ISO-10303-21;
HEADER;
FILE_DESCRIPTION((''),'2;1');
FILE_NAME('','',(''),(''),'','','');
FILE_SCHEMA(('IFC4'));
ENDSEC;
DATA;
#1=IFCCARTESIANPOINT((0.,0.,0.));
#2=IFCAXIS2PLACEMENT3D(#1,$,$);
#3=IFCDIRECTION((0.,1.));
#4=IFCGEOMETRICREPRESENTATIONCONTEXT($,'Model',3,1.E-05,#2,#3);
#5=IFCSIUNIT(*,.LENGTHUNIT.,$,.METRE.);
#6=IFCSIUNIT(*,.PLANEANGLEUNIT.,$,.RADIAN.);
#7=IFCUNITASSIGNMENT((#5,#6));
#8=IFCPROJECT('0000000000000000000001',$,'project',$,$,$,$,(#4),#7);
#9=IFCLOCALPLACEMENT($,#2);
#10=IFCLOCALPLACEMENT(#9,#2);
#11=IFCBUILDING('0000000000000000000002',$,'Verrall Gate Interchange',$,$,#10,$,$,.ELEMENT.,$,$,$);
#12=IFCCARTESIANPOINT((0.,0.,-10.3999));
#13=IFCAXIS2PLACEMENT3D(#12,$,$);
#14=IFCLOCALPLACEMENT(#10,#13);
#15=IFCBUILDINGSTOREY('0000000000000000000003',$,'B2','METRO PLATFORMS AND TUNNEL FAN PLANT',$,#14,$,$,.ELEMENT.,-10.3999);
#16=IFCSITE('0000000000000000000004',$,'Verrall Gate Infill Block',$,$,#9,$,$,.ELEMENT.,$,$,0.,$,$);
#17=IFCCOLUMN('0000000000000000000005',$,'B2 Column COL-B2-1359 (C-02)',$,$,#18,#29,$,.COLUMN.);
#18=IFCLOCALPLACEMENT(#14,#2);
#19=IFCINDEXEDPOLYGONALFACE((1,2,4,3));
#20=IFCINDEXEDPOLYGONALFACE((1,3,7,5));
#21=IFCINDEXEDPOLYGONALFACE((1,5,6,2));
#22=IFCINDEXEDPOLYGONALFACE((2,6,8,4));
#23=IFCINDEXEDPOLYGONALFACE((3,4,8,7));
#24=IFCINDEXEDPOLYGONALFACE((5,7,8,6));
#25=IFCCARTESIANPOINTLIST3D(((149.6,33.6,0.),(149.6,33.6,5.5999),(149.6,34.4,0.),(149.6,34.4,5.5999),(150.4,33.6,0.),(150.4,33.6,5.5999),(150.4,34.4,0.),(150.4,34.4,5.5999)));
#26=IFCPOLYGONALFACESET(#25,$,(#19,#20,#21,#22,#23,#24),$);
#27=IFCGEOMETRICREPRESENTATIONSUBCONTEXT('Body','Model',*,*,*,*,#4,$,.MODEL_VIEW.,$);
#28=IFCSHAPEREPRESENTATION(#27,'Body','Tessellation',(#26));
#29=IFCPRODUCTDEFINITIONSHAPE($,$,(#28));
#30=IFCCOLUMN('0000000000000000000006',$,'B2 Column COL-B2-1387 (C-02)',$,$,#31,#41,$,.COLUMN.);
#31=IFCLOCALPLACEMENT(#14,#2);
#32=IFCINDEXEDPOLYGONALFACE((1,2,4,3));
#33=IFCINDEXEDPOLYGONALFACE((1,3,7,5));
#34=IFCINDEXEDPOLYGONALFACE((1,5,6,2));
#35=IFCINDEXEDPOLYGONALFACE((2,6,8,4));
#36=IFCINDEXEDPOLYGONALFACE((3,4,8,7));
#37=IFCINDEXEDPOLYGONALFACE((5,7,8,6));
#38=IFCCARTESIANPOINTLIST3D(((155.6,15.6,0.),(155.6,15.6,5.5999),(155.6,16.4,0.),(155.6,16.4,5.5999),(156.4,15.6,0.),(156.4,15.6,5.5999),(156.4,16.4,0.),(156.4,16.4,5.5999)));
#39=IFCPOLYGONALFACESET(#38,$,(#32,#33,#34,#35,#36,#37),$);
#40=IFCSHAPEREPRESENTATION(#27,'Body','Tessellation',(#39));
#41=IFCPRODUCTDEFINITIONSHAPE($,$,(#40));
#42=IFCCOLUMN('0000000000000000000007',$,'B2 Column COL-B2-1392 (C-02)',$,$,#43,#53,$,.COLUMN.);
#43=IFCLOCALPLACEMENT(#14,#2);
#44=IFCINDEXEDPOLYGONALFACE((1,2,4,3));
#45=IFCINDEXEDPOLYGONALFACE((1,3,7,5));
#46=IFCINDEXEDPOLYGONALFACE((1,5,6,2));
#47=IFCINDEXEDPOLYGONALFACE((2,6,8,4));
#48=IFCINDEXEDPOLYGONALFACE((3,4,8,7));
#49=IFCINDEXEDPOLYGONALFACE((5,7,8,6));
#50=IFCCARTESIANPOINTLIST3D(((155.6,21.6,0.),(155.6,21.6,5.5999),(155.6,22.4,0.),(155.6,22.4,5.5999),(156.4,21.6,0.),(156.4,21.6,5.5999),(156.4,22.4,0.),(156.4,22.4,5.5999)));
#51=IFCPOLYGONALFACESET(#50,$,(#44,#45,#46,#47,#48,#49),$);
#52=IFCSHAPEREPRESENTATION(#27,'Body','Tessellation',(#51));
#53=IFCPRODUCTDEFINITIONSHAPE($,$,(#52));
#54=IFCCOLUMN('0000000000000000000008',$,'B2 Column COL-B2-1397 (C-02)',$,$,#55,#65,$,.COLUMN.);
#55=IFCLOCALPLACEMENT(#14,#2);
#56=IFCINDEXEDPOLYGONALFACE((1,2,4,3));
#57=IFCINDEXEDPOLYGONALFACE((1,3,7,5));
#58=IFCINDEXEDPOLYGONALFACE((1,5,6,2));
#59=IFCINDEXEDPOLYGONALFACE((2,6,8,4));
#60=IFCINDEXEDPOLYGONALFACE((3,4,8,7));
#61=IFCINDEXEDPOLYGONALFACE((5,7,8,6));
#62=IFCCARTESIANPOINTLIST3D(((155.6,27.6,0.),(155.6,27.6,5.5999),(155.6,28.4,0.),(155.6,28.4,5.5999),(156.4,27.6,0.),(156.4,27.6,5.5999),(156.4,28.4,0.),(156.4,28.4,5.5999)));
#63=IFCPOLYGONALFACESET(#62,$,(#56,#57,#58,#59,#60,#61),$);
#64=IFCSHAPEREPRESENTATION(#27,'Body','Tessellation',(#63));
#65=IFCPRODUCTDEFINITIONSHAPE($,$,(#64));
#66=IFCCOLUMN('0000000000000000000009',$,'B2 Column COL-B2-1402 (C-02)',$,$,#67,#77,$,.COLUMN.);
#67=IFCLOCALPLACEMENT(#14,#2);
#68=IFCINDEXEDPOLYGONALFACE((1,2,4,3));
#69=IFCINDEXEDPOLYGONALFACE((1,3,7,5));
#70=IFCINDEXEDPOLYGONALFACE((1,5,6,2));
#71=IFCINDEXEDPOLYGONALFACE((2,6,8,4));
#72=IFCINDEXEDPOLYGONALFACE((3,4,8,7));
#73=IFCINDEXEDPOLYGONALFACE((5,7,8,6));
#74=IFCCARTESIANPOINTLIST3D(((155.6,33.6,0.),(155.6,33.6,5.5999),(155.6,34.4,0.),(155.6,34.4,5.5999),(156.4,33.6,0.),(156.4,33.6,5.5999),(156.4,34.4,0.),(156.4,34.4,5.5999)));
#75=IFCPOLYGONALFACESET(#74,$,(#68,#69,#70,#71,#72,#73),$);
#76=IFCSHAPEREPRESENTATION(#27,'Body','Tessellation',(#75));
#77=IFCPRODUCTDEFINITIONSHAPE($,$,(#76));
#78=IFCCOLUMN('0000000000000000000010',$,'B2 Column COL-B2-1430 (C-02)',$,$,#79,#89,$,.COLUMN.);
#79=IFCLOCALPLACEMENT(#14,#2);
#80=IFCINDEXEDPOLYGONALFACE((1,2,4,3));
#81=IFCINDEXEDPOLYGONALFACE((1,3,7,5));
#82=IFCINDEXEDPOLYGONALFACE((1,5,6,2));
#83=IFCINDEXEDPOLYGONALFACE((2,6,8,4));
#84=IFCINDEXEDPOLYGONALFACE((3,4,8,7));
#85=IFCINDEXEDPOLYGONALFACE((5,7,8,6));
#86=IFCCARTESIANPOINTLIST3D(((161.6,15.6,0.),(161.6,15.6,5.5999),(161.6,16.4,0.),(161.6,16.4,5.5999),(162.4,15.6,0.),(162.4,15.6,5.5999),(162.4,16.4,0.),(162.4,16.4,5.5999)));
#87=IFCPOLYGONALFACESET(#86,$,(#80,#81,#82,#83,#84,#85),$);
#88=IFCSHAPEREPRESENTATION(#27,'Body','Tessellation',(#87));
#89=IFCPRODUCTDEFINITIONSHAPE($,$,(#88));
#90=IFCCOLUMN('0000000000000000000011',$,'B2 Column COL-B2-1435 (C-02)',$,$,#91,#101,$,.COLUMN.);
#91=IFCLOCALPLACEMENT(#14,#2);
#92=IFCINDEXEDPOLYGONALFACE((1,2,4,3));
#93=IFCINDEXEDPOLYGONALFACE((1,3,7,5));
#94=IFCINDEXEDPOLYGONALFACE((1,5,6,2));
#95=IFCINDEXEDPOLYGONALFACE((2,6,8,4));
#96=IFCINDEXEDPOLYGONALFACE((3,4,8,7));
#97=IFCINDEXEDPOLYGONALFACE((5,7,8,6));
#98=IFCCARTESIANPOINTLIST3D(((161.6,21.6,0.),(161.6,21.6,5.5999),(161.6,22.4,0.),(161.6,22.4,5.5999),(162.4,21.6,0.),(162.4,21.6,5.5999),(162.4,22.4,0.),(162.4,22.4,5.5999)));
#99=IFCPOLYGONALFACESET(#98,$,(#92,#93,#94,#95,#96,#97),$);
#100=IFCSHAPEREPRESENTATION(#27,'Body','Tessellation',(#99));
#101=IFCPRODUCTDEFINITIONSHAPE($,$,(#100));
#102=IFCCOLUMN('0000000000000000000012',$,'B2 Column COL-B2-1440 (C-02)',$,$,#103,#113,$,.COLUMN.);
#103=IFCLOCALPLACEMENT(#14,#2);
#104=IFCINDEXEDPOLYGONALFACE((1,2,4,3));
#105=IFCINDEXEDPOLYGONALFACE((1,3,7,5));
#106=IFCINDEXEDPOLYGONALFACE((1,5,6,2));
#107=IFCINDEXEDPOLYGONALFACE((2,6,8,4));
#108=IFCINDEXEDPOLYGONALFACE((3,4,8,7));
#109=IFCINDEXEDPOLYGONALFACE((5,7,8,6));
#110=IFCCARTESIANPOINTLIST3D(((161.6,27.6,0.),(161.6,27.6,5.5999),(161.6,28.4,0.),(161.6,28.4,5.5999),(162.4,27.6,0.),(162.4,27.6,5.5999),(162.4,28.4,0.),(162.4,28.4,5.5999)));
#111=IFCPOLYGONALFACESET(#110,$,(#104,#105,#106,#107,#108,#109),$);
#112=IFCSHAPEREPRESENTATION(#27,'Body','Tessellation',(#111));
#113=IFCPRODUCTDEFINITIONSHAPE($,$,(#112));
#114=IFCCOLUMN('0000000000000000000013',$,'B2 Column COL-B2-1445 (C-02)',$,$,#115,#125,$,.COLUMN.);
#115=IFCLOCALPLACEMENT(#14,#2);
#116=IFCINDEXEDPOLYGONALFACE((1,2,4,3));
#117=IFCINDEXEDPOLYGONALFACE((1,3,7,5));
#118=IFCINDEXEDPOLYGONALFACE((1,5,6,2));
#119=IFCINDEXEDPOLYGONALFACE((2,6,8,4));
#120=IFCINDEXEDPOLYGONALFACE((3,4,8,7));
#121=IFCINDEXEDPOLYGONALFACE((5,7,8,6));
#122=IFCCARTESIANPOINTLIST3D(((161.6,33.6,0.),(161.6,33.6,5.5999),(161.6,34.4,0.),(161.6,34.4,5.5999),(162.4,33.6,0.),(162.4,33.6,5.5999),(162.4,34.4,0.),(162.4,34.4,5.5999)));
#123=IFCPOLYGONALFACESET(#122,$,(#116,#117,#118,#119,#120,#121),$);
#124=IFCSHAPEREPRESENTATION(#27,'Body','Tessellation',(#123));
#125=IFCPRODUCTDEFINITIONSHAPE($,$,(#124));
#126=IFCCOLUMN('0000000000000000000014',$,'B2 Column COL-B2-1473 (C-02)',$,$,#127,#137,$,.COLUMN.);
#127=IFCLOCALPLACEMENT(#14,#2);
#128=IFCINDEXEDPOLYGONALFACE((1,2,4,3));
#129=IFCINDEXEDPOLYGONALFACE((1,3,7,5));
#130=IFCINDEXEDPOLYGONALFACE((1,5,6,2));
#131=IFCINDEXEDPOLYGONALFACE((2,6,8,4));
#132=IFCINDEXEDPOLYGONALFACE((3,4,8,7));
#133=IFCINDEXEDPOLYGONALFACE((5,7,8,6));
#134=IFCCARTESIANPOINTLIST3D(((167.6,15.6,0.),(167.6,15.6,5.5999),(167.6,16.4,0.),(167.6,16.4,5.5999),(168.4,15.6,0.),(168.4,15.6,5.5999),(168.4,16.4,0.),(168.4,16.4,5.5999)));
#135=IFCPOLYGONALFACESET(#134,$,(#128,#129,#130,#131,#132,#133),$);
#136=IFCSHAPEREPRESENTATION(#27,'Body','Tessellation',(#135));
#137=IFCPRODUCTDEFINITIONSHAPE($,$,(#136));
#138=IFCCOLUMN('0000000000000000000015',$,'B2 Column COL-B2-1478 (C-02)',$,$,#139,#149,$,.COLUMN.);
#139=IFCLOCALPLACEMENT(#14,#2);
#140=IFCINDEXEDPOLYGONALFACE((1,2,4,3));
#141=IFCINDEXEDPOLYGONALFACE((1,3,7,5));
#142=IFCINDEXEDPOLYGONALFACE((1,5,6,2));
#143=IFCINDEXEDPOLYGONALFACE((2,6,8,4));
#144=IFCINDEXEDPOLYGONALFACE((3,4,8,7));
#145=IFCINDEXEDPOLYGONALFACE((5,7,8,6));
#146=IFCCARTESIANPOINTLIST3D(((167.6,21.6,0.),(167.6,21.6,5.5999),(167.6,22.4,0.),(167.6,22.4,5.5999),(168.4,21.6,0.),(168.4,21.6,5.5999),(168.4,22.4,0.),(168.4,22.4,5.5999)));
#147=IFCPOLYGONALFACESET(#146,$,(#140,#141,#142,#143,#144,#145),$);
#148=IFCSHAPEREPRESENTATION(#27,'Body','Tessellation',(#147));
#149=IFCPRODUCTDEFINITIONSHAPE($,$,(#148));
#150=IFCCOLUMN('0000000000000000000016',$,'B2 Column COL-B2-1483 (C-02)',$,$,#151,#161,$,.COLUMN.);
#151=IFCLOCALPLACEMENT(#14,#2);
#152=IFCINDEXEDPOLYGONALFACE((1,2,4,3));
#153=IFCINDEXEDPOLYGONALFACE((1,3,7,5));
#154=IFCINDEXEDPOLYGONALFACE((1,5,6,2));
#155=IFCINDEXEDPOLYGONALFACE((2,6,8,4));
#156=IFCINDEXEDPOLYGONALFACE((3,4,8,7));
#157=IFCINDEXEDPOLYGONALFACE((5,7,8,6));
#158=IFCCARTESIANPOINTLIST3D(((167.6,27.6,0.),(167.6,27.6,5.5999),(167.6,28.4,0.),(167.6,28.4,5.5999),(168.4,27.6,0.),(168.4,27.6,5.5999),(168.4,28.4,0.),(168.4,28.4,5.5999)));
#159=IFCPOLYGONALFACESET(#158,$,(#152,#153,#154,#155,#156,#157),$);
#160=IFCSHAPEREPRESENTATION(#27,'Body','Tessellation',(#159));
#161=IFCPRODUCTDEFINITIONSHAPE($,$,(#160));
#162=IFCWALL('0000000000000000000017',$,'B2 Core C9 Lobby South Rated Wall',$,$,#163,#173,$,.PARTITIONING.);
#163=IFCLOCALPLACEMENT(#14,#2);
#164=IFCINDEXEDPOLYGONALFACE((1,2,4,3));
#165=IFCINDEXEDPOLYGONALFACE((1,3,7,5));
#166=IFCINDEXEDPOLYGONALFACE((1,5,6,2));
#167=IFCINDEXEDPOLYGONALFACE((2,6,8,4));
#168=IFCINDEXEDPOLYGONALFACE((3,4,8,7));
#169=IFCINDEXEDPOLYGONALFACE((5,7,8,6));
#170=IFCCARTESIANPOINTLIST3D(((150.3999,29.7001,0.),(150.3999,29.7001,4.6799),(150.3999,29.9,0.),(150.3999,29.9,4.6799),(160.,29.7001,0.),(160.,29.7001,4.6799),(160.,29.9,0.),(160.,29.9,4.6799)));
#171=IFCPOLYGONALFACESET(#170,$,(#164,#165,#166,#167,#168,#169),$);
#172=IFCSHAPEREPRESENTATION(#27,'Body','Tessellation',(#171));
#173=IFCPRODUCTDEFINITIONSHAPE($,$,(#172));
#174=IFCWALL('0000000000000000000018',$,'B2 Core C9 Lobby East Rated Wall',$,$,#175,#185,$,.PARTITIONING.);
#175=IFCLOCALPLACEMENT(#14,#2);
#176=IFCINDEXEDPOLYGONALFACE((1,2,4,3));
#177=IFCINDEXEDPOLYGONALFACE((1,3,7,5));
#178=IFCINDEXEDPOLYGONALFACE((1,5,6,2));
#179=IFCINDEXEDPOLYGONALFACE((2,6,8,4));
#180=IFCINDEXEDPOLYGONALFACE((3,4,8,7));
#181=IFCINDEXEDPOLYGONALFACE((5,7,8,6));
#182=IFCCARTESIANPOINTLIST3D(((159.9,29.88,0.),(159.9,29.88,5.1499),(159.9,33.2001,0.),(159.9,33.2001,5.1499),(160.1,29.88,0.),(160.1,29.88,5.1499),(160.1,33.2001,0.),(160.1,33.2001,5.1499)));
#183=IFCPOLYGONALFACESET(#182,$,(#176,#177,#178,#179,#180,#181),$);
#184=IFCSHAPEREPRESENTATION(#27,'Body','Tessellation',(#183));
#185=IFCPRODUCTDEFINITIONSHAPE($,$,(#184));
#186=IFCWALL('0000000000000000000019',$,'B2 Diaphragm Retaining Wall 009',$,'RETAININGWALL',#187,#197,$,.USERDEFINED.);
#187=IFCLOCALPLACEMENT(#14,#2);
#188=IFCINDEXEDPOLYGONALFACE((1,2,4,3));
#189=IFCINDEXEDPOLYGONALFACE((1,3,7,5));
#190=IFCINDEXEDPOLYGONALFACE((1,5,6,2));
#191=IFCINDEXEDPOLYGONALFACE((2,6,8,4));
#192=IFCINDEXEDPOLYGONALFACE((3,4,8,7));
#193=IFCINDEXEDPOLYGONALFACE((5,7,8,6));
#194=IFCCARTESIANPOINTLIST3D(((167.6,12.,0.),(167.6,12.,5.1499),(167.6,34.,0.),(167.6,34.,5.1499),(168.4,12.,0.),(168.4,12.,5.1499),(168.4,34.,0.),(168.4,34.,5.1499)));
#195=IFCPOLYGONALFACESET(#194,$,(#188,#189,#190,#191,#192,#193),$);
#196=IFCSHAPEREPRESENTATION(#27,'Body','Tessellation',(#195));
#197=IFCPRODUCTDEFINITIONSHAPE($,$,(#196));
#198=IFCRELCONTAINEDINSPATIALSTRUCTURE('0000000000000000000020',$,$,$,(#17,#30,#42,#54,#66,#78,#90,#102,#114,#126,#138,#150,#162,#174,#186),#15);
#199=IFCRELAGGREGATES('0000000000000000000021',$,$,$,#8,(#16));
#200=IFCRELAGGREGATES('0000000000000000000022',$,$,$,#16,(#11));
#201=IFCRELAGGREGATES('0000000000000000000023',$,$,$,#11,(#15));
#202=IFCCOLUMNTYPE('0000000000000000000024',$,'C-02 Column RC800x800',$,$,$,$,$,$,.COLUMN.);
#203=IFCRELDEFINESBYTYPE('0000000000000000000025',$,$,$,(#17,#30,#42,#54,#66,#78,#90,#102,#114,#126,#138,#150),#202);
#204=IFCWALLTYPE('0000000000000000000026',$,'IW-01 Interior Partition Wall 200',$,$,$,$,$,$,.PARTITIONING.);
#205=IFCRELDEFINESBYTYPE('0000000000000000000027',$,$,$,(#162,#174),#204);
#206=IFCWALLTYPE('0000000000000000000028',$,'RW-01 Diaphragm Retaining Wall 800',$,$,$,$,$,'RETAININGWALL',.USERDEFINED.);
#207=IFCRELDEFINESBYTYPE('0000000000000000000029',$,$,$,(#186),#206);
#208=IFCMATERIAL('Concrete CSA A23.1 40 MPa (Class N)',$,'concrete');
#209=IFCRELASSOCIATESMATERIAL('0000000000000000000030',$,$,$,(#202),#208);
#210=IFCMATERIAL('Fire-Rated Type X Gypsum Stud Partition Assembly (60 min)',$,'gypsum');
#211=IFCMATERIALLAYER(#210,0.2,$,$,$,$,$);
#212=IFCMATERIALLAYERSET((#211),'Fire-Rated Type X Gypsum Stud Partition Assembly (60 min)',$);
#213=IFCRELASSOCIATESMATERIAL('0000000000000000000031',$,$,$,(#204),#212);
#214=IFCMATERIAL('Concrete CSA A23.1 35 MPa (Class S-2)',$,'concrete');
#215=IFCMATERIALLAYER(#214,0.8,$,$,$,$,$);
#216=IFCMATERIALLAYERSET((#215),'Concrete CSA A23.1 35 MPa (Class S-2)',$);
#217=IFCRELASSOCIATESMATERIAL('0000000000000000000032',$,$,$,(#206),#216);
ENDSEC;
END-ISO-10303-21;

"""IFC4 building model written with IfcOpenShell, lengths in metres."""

from ifc_helpers import new_model, si_unit, direction, frame, frame_2d, origin, origin_2d, place, context, subcontext, project, spatial, rectangle, extrude, material, layer, layer_set, material_profile, profile_set, type_object, element, save


model = new_model("IFC4")

# Units and contexts
model_context = context("Model", 3, precision=1e-05, world=origin(), true_north=direction((0.0, 1.0)))
body_context = subcontext(model_context, "Body", "Model", "MODEL_VIEW")
ifc_project = project(units=[si_unit("LENGTHUNIT", "METRE"), si_unit("PLANEANGLEUNIT", "RADIAN")], contexts=[model_context])

# Site, building, storey
site_placement = place(None, origin())
site = spatial("IfcSite", under=ifc_project, at=site_placement, Name="Verrall Gate Infill Block", CompositionType="ELEMENT", RefElevation=0.0)
building_placement = place(site_placement, origin())
building = spatial("IfcBuilding", under=site, at=building_placement, Name="Verrall Gate Interchange", CompositionType="ELEMENT")
storey_placement = place(building_placement, frame((0.0, 0.0, -10.3999)))
storey = spatial("IfcBuildingStorey", under=building, at=storey_placement, Name="B2", Description="METRO PLATFORMS AND TUNNEL FAN PLANT", CompositionType="ELEMENT", Elevation=-10.3999)

# Columns
ifc_material_1 = material(Name="Concrete CSA A23.1 40 MPa (Class N)", Category="concrete")
ifc_material_profile_1 = material_profile(ifc_material_1, rectangle(XDim=0.8, YDim=0.8, at=origin_2d()), Name="RC800x800")
ifc_profile_set_1 = profile_set([ifc_material_profile_1], Name="Concrete CSA A23.1 40 MPa (Class N)")
column_type_1 = type_object("IfcColumnType", Name="C-02 Column RC800x800", PredefinedType="COLUMN", material=ifc_profile_set_1)
for number, where, z_axis, x_axis, name in (
    (1, (150.0, 34.0, 0.0), (0.0, 0.0, 1.0), (1.0, 0.0, 0.0), "B2 Column COL-B2-1359 (C-02)"),
    (2, (156.0, 16.0, 0.0), (0.0, 0.0, 1.0), (1.0, 0.0, 0.0), "B2 Column COL-B2-1387 (C-02)"),
    (3, (156.0, 22.0, 0.0), (0.0, 0.0, 1.0), (1.0, 0.0, 0.0), "B2 Column COL-B2-1392 (C-02)"),
    (4, (156.0, 28.0, 0.0), (0.0, 0.0, 1.0), (1.0, 0.0, 0.0), "B2 Column COL-B2-1397 (C-02)"),
    (5, (156.0, 34.0, 0.0), (0.0, 0.0, 1.0), (1.0, 0.0, 0.0), "B2 Column COL-B2-1402 (C-02)"),
    (6, (162.0, 16.0, 0.0), (0.0, 0.0, 1.0), (1.0, 0.0, 0.0), "B2 Column COL-B2-1430 (C-02)"),
    (7, (162.0, 22.0, 0.0), (0.0, 0.0, 1.0), (1.0, 0.0, 0.0), "B2 Column COL-B2-1435 (C-02)"),
    (8, (162.0, 28.0, 0.0), (0.0, 0.0, 1.0), (1.0, 0.0, 0.0), "B2 Column COL-B2-1440 (C-02)"),
    (9, (162.0, 34.0, 0.0), (0.0, 0.0, 1.0), (1.0, 0.0, 0.0), "B2 Column COL-B2-1445 (C-02)"),
    (10, (168.0, 16.0, 0.0), (0.0, 0.0, 1.0), (1.0, 0.0, 0.0), "B2 Column COL-B2-1473 (C-02)"),
    (11, (168.0, 22.0, 0.0), (0.0, 0.0, 1.0), (1.0, 0.0, 0.0), "B2 Column COL-B2-1478 (C-02)"),
    (12, (168.0, 28.0, 0.0), (0.0, 0.0, 1.0), (1.0, 0.0, 0.0), "B2 Column COL-B2-1483 (C-02)"),
):
    element("IfcColumn", number, at=place(storey_placement, frame(where, z_axis=z_axis, x_axis=x_axis)), inside=storey, type_object=column_type_1, Name=name, PredefinedType="COLUMN", context=body_context, shape_type="SweptSolid", body=[
        extrude(rectangle(XDim=0.8, YDim=0.8, at=origin_2d()), origin(), (0.0, 0.0, 1.0), 5.5999),
    ])

# Wall
ifc_material_2 = material(Name="Fire-Rated Type X Gypsum Stud Partition Assembly (60 min)", Category="gypsum")
ifc_layer_1 = layer(ifc_material_2, 0.2)
ifc_layer_set_1 = layer_set([ifc_layer_1], Name="Fire-Rated Type X Gypsum Stud Partition Assembly (60 min)")
wall_type_1 = type_object("IfcWallType", Name="IW-01 Interior Partition Wall 200", PredefinedType="PARTITIONING", material=ifc_layer_set_1)
wall_1_placement = place(storey_placement, frame((150.3999, 29.8, 0.0), z_axis=(0.0, 0.0, 1.0), x_axis=(1.0, 0.0, 0.0)))
element("IfcWall", 13, at=wall_1_placement, inside=storey, type_object=wall_type_1, Name="B2 Core C9 Lobby South Rated Wall", PredefinedType="PARTITIONING", context=body_context, shape_type="SweptSolid", body=[
    extrude(rectangle(XDim=9.6001, YDim=0.2, at=frame_2d((4.8, 0.0))), origin(), (0.0, 0.0, 1.0), 4.6799),
])

# Walls
wall_2_placement = place(storey_placement, frame((160.0, 29.8799, 0.0), z_axis=(0.0, 0.0, 1.0), x_axis=(0.0, 1.0, 0.0)))
element("IfcWall", 14, at=wall_2_placement, inside=storey, type_object=wall_type_1, Name="B2 Core C9 Lobby East Rated Wall", PredefinedType="PARTITIONING", context=body_context, shape_type="SweptSolid", body=[
    extrude(rectangle(XDim=3.3201, YDim=0.2, at=frame_2d((1.6602, 0.0))), origin(), (0.0, 0.0, 1.0), 5.1499),
])
ifc_material_3 = material(Name="Concrete CSA A23.1 35 MPa (Class S-2)", Category="concrete")
ifc_layer_2 = layer(ifc_material_3, 0.8)
ifc_layer_set_2 = layer_set([ifc_layer_2], Name="Concrete CSA A23.1 35 MPa (Class S-2)")
wall_type_2 = type_object("IfcWallType", Name="RW-01 Diaphragm Retaining Wall 800", ElementType="RETAININGWALL", PredefinedType="USERDEFINED", material=ifc_layer_set_2)
wall_3_placement = place(storey_placement, frame((168.0, 12.0, 0.0), z_axis=(0.0, 0.0, 1.0), x_axis=(0.0, 1.0, 0.0)))
element("IfcWall", 15, at=wall_3_placement, inside=storey, type_object=wall_type_2, Name="B2 Diaphragm Retaining Wall 009", ObjectType="RETAININGWALL", PredefinedType="USERDEFINED", context=body_context, shape_type="SweptSolid", body=[
    extrude(rectangle(XDim=22.0, YDim=0.8, at=frame_2d((11.0, 0.0))), origin(), (0.0, 0.0, 1.0), 5.1499),
])

save(model, "model.ifc")
